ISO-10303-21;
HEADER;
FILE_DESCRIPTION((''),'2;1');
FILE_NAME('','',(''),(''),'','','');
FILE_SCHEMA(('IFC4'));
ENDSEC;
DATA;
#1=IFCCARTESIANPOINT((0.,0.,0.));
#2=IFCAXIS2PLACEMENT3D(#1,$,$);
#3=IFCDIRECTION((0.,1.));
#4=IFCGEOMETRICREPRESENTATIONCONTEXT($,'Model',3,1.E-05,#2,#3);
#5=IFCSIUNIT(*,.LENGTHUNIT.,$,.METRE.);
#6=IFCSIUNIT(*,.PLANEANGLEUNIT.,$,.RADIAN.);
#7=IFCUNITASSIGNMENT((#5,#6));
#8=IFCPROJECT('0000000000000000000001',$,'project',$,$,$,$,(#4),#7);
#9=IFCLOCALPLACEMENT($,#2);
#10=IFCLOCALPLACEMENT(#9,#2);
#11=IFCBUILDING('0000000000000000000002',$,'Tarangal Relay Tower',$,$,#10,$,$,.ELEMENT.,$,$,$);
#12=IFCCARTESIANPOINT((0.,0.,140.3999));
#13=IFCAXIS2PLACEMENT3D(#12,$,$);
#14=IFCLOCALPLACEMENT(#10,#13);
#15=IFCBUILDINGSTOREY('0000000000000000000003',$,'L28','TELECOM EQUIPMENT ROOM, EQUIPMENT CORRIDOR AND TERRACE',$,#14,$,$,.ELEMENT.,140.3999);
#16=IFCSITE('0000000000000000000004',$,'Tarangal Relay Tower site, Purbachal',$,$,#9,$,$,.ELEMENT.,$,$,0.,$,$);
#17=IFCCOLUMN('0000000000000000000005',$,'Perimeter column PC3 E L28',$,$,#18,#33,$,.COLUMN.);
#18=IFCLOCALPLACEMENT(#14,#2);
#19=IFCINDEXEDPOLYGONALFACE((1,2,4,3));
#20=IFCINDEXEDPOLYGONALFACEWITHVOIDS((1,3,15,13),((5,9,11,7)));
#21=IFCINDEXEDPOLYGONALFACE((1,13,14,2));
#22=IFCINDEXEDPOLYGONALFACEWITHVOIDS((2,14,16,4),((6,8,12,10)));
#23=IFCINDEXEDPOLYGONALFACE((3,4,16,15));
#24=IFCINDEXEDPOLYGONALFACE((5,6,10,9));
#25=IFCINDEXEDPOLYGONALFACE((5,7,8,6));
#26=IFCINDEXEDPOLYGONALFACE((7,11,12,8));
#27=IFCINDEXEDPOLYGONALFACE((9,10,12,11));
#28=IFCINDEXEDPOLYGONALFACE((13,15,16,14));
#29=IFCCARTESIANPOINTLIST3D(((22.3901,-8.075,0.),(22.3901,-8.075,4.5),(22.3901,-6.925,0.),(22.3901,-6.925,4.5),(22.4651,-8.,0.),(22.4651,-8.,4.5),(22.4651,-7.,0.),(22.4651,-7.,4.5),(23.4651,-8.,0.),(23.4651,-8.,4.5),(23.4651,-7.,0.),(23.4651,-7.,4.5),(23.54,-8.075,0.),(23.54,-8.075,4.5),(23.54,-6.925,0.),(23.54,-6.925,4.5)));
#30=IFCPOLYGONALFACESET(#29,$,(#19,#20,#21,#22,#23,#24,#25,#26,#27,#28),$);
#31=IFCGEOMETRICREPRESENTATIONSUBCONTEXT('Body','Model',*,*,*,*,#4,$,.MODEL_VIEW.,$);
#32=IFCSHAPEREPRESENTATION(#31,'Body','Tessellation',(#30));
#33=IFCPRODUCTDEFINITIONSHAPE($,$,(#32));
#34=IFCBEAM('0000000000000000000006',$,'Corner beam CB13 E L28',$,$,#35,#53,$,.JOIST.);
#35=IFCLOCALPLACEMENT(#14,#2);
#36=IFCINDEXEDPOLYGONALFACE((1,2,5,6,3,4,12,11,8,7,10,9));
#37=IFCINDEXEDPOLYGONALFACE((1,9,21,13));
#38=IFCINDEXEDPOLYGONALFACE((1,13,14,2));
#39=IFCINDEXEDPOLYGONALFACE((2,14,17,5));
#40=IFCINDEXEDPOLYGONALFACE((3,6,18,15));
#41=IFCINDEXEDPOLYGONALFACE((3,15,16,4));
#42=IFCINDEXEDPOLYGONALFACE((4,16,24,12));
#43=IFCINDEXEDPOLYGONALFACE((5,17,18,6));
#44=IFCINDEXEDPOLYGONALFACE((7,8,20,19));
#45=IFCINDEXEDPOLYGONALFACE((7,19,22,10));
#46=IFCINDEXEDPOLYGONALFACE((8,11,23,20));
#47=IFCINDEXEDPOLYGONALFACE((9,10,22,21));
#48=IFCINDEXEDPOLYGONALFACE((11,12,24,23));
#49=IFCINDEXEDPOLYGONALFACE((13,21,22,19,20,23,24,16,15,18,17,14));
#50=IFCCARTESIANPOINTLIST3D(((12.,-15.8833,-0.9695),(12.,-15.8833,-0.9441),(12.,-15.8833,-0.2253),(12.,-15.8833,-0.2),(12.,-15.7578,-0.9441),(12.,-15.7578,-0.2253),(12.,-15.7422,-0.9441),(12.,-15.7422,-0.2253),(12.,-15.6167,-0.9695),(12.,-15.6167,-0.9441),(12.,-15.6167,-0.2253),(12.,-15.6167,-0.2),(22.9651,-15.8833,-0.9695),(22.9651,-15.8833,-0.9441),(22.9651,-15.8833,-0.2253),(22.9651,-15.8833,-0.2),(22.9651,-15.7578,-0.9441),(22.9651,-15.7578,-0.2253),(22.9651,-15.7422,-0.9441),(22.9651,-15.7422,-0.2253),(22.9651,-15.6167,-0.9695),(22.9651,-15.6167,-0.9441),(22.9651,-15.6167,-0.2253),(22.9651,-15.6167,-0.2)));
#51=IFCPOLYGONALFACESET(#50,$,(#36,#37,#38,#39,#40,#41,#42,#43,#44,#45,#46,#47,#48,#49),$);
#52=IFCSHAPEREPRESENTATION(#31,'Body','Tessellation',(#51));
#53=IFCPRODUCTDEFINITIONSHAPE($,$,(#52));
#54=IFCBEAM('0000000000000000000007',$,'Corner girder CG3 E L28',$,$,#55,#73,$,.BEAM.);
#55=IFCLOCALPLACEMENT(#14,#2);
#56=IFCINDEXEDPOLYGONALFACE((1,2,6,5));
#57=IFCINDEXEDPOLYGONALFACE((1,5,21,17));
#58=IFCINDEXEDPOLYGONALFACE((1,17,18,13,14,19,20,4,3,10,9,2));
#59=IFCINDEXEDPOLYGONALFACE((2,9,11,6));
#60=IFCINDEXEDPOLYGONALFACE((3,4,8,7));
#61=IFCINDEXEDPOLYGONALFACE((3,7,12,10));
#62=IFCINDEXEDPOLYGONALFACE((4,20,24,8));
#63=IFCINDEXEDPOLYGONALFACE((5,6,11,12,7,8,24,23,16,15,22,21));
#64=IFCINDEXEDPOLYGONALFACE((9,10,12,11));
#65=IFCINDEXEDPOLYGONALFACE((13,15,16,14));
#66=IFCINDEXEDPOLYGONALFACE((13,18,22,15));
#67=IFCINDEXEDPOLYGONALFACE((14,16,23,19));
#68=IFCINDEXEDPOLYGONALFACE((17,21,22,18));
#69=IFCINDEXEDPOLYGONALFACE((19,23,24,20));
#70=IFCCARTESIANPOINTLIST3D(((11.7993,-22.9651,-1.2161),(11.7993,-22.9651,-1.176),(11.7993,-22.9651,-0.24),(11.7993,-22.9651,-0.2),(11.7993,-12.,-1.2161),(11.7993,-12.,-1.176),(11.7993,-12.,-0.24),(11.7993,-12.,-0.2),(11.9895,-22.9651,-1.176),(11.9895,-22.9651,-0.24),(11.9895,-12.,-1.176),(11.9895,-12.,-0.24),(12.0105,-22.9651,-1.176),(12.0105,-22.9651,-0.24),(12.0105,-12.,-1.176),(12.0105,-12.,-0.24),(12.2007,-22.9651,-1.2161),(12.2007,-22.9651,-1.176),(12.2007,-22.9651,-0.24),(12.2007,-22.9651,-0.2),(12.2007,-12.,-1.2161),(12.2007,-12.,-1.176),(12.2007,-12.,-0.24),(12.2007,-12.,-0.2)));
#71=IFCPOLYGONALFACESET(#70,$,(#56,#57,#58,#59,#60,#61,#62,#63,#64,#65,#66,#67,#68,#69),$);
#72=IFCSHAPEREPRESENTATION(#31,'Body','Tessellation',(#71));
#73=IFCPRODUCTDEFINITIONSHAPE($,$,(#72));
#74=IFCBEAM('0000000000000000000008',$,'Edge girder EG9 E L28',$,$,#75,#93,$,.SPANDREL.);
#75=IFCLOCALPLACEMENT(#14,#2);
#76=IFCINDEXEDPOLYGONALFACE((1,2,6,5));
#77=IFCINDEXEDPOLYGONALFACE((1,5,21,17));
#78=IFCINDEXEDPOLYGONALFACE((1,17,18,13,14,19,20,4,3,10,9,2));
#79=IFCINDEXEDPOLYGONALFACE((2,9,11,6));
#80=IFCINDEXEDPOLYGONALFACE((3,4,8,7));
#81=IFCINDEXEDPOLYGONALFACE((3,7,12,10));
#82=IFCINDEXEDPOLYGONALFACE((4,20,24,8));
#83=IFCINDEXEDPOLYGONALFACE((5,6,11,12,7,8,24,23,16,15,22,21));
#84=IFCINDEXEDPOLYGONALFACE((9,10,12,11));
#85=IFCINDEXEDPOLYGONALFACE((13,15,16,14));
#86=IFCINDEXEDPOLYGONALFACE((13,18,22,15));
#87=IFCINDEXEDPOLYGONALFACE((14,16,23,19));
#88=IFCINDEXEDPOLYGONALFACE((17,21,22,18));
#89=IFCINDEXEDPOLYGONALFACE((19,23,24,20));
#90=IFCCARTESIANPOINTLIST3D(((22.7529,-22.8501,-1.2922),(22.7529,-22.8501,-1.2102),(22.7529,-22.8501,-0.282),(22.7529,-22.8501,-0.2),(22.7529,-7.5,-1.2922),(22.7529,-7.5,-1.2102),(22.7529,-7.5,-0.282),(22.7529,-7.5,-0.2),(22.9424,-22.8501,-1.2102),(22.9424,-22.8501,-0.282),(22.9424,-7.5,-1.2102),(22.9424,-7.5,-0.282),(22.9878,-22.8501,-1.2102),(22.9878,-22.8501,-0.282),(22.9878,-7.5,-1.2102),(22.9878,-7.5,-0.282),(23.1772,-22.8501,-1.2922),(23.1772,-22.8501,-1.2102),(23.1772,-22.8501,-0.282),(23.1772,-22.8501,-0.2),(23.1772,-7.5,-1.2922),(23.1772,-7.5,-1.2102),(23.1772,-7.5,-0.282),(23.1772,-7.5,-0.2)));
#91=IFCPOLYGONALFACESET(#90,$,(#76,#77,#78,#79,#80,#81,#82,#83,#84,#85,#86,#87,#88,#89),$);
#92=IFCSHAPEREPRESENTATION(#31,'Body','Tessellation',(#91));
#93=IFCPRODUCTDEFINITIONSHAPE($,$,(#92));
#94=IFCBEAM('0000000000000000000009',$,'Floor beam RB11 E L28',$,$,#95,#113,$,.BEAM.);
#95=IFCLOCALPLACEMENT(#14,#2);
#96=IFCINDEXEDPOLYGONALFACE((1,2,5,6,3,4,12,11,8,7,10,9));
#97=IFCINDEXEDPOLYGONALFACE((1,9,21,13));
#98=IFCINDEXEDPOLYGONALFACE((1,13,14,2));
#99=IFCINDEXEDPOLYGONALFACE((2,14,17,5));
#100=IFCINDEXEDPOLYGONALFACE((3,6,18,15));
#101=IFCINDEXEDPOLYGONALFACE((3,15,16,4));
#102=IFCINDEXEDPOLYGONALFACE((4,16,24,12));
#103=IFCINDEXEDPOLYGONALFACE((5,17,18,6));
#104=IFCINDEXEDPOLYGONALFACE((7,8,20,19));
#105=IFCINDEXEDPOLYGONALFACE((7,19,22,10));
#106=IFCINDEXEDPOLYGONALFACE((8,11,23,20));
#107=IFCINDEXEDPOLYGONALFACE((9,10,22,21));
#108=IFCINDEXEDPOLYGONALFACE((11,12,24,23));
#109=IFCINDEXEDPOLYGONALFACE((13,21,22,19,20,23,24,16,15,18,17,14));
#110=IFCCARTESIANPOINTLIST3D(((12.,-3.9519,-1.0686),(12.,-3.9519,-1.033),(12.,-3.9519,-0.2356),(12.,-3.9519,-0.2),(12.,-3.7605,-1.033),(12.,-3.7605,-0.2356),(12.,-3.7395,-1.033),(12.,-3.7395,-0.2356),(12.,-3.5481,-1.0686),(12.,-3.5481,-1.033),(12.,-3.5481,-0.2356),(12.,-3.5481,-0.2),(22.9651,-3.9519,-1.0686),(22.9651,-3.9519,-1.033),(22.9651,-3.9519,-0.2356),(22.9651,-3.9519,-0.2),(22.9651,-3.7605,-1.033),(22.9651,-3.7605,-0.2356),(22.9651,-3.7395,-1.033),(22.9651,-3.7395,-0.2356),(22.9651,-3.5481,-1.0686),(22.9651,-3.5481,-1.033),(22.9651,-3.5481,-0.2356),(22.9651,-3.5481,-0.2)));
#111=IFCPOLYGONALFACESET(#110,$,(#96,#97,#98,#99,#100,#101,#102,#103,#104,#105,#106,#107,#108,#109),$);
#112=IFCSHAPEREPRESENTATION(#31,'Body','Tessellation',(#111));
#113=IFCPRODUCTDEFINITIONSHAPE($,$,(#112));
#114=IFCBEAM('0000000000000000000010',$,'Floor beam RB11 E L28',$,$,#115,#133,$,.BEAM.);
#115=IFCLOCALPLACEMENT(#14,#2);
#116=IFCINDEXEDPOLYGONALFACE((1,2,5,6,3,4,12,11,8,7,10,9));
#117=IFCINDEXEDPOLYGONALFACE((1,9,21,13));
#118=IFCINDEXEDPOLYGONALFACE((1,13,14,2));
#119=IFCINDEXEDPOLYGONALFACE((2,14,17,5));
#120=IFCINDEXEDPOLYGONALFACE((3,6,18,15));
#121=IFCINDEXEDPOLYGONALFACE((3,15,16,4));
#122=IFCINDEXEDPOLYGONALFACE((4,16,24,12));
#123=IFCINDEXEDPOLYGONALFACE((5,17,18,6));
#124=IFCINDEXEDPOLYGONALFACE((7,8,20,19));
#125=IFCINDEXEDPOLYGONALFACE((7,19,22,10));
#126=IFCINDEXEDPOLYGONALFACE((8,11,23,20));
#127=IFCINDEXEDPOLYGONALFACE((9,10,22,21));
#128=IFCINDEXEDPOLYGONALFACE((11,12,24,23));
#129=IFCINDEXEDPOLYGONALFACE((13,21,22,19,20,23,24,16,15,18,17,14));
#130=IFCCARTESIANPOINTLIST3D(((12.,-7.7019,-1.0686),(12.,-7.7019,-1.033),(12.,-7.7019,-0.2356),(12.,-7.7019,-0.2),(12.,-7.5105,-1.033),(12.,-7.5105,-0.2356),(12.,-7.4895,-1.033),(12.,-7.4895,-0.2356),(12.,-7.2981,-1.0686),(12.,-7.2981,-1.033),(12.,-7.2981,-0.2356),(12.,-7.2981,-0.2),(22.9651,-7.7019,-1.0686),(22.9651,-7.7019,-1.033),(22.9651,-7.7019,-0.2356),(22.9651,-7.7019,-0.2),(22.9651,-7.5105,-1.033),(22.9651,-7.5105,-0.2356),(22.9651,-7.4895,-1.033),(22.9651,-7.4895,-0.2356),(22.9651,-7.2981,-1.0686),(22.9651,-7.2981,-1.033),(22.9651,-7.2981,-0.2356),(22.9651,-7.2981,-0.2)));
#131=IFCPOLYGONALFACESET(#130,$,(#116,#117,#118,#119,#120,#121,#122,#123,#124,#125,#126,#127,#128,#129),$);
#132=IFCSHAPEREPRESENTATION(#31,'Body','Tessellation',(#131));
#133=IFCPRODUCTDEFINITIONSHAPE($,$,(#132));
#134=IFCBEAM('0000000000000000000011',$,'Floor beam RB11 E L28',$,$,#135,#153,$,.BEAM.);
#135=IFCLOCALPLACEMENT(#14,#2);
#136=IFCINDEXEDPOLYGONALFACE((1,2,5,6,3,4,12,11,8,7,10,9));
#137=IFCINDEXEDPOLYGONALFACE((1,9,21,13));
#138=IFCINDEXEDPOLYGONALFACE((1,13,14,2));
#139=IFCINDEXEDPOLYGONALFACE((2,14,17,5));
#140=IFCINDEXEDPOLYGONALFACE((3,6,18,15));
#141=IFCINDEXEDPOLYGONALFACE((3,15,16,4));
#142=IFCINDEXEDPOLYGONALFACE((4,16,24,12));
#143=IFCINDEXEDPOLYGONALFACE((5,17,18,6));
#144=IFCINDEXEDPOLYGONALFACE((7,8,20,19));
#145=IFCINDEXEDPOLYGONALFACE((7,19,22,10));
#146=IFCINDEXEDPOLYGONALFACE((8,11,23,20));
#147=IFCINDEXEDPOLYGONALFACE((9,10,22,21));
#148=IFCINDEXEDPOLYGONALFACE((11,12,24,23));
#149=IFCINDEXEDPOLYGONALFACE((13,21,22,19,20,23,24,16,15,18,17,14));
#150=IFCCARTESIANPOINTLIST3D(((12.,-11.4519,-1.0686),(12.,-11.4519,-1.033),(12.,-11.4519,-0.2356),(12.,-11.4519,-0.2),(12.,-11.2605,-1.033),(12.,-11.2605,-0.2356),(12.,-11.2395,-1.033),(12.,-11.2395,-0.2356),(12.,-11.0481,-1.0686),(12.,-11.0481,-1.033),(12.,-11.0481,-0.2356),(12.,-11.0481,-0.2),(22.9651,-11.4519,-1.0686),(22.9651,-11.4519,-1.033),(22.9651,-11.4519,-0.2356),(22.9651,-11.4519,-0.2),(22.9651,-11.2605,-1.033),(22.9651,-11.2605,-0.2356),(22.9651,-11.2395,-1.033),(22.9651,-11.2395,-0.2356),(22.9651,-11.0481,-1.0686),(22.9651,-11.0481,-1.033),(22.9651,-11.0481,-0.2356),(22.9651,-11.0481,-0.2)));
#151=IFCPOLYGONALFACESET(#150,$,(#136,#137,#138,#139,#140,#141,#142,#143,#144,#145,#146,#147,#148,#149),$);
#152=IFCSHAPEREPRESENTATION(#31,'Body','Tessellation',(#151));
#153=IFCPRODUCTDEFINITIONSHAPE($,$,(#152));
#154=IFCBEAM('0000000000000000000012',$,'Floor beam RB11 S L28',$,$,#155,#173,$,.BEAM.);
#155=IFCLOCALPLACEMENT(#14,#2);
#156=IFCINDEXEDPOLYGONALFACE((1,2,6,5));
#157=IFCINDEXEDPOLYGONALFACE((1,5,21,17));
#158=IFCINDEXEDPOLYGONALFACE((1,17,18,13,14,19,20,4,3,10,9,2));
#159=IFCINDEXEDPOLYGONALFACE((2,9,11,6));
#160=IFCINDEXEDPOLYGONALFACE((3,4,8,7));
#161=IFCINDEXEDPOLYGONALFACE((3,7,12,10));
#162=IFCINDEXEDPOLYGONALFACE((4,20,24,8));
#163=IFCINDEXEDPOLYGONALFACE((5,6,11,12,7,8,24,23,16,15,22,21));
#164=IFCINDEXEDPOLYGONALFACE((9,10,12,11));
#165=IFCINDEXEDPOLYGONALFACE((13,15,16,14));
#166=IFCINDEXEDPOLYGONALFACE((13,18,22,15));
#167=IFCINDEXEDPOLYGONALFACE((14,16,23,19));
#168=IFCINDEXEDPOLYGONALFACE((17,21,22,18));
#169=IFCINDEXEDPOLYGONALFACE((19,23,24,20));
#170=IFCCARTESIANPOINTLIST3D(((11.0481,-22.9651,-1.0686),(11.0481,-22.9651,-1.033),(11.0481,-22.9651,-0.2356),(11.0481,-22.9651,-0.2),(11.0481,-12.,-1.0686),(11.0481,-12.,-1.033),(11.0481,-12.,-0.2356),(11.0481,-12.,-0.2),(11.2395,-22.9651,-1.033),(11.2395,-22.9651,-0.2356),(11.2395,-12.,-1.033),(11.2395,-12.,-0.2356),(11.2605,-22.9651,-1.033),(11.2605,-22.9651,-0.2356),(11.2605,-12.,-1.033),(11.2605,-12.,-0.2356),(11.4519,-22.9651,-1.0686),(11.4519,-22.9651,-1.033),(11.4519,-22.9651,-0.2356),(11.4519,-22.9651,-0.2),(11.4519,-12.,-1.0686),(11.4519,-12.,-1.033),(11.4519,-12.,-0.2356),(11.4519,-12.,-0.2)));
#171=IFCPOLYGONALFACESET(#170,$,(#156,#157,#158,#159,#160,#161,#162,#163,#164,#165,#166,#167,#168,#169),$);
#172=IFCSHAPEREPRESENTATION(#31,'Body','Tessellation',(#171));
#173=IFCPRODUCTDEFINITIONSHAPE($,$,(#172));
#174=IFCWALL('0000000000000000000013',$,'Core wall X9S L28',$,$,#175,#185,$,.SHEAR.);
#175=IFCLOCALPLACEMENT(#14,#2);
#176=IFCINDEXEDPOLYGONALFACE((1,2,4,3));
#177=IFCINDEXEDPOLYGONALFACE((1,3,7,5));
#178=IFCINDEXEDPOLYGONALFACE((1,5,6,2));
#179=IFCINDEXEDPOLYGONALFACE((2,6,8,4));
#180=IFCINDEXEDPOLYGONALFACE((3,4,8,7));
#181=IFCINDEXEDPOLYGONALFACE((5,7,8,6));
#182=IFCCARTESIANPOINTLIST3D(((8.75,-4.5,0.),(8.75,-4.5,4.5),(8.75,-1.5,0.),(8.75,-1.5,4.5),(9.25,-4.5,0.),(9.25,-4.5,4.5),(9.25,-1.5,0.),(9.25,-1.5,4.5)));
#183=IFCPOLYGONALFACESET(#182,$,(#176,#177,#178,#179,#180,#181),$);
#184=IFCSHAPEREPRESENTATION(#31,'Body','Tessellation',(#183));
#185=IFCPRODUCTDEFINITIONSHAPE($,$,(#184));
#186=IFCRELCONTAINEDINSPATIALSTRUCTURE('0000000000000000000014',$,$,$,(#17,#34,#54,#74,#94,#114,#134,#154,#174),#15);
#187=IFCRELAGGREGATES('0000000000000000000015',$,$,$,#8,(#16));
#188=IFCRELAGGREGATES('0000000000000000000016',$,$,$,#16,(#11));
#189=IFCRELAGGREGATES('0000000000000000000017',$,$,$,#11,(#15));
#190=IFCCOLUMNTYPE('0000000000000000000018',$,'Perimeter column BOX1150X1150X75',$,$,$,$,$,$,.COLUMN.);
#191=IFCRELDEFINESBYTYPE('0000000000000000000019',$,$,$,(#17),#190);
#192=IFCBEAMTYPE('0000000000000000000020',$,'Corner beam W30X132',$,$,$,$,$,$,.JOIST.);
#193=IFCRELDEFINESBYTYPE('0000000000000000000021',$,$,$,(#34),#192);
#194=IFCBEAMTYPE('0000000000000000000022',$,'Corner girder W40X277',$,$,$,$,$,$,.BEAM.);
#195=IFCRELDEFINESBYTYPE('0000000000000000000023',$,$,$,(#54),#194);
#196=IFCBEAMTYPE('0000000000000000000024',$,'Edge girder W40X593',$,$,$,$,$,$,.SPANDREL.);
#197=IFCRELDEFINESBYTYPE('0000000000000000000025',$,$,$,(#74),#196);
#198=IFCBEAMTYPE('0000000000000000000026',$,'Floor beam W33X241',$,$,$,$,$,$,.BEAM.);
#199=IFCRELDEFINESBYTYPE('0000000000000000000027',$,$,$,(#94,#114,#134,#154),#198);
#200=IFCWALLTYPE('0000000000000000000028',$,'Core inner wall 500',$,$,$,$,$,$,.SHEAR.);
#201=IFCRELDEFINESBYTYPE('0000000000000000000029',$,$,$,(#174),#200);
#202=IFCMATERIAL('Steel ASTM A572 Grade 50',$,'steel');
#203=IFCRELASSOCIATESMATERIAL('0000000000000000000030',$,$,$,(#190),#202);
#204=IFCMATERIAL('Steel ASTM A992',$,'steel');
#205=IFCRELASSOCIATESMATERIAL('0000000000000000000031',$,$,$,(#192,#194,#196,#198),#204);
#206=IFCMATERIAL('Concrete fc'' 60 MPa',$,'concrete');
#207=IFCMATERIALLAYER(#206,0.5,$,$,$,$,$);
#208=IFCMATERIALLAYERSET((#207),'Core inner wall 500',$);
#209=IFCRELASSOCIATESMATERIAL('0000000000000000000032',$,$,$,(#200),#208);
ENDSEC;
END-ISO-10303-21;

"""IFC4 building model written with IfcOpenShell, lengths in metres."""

from ifc_helpers import new_model, si_unit, direction, frame, frame_2d, origin, origin_2d, place, context, subcontext, project, spatial, rectangle, hollow_rectangle, i_section, extrude, material, layer, layer_set, material_profile, profile_set, type_object, element, save


model = new_model("IFC4")

# Units and contexts
model_context = context("Model", 3, precision=1e-05, world=origin(), true_north=direction((0.0, 1.0)))
body_context = subcontext(model_context, "Body", "Model", "MODEL_VIEW")
ifc_project = project(units=[si_unit("LENGTHUNIT", "METRE"), si_unit("PLANEANGLEUNIT", "RADIAN")], contexts=[model_context])

# Site, building, storey
site_placement = place(None, origin())
site = spatial("IfcSite", under=ifc_project, at=site_placement, Name="Tarangal Relay Tower site, Purbachal", CompositionType="ELEMENT", RefElevation=0.0)
building_placement = place(site_placement, origin())
building = spatial("IfcBuilding", under=site, at=building_placement, Name="Tarangal Relay Tower", CompositionType="ELEMENT")
storey_placement = place(building_placement, frame((0.0, 0.0, 140.3999)))
storey = spatial("IfcBuildingStorey", under=building, at=storey_placement, Name="L28", Description="TELECOM EQUIPMENT ROOM, EQUIPMENT CORRIDOR AND TERRACE", CompositionType="ELEMENT", Elevation=140.3999)

# Column
ifc_material_1 = material(Name="Steel ASTM A572 Grade 50", Category="steel")
ifc_material_profile_1 = material_profile(ifc_material_1, hollow_rectangle(XDim=1.1499, YDim=1.1499, WallThickness=0.075, at=origin_2d()), Name="BOX1150X1150X75")
ifc_profile_set_1 = profile_set([ifc_material_profile_1], Name="Steel ASTM A572 Grade 50")
column_type = type_object("IfcColumnType", Name="Perimeter column BOX1150X1150X75", PredefinedType="COLUMN", material=ifc_profile_set_1)
column_placement = place(storey_placement, frame((22.9651, -7.5, 0.0), z_axis=(0.0, 0.0, 1.0), x_axis=(1.0, 0.0, 0.0)))
element("IfcColumn", 1, at=column_placement, inside=storey, type_object=column_type, Name="Perimeter column PC3 E L28", PredefinedType="COLUMN", context=body_context, shape_type="SweptSolid", body=[
    extrude(hollow_rectangle(XDim=1.1499, YDim=1.1499, WallThickness=0.075, at=origin_2d()), origin(), (0.0, 0.0, 1.0), 4.5),
])

# Beams
ifc_material_2 = material(Name="Steel ASTM A992", Category="steel")
ifc_material_profile_2 = material_profile(ifc_material_2, i_section(OverallWidth=0.2666, OverallDepth=0.7695, WebThickness=0.0156, FlangeThickness=0.0254, at=origin_2d()), Name="W30X132")
ifc_profile_set_2 = profile_set([ifc_material_profile_2], Name="Steel ASTM A992")
beam_type_1 = type_object("IfcBeamType", Name="Corner beam W30X132", PredefinedType="JOIST", material=ifc_profile_set_2)
beam_1_placement = place(storey_placement, frame((12.0, -15.75, -0.5847), z_axis=(1.0, 0.0, 0.0), x_axis=(0.0, 1.0, 0.0)))
element("IfcBeam", 2, at=beam_1_placement, inside=storey, type_object=beam_type_1, Name="Corner beam CB13 E L28", PredefinedType="JOIST", context=body_context, shape_type="SweptSolid", body=[
    extrude(i_section(OverallWidth=0.2666, OverallDepth=0.7695, WebThickness=0.0156, FlangeThickness=0.0254, at=origin_2d()), origin(), (0.0, 0.0, 1.0), 10.9651),
])
ifc_material_profile_3 = material_profile(ifc_material_2, i_section(OverallWidth=0.4014, OverallDepth=1.0161, WebThickness=0.021, FlangeThickness=0.04, at=origin_2d()), Name="W40X277")
ifc_profile_set_3 = profile_set([ifc_material_profile_3], Name="Steel ASTM A992")
beam_type_2 = type_object("IfcBeamType", Name="Corner girder W40X277", PredefinedType="BEAM", material=ifc_profile_set_3)
beam_2_placement = place(storey_placement, frame((12.0, -12.0, -0.708), z_axis=(0.0, -1.0, 0.0), x_axis=(1.0, 0.0, 0.0)))
element("IfcBeam", 3, at=beam_2_placement, inside=storey, type_object=beam_type_2, Name="Corner girder CG3 E L28", PredefinedType="BEAM", context=body_context, shape_type="SweptSolid", body=[
    extrude(i_section(OverallWidth=0.4014, OverallDepth=1.0161, WebThickness=0.021, FlangeThickness=0.04, at=origin_2d()), origin(), (0.0, 0.0, 1.0), 10.9651),
])
ifc_material_profile_4 = material_profile(ifc_material_2, i_section(OverallWidth=0.4243, OverallDepth=1.0923, WebThickness=0.0454, FlangeThickness=0.082, at=origin_2d()), Name="W40X593")
ifc_profile_set_4 = profile_set([ifc_material_profile_4], Name="Steel ASTM A992")
beam_type_3 = type_object("IfcBeamType", Name="Edge girder W40X593", PredefinedType="SPANDREL", material=ifc_profile_set_4)
beam_3_placement = place(storey_placement, frame((22.9651, -7.5, -0.7461), z_axis=(0.0, -1.0, 0.0), x_axis=(1.0, 0.0, 0.0)))
element("IfcBeam", 4, at=beam_3_placement, inside=storey, type_object=beam_type_3, Name="Edge girder EG9 E L28", PredefinedType="SPANDREL", context=body_context, shape_type="SweptSolid", body=[
    extrude(i_section(OverallWidth=0.4243, OverallDepth=1.0923, WebThickness=0.0454, FlangeThickness=0.082, at=origin_2d()), origin(), (0.0, 0.0, 1.0), 15.3501),
])
ifc_material_profile_5 = material_profile(ifc_material_2, i_section(OverallWidth=0.4038, OverallDepth=0.8687, WebThickness=0.021, FlangeThickness=0.0356, at=origin_2d()), Name="W33X241")
ifc_profile_set_5 = profile_set([ifc_material_profile_5], Name="Steel ASTM A992")
beam_type_4 = type_object("IfcBeamType", Name="Floor beam W33X241", PredefinedType="BEAM", material=ifc_profile_set_5)
for number, where, z_axis, x_axis, name in (
    (5, (12.0, -3.75, -0.6343), (1.0, 0.0, 0.0), (0.0, 1.0, 0.0), "Floor beam RB11 E L28"),
    (6, (12.0, -7.5, -0.6343), (1.0, 0.0, 0.0), (0.0, 1.0, 0.0), "Floor beam RB11 E L28"),
    (7, (12.0, -11.25, -0.6343), (1.0, 0.0, 0.0), (0.0, 1.0, 0.0), "Floor beam RB11 E L28"),
    (8, (11.25, -12.0, -0.6343), (0.0, -1.0, 0.0), (1.0, 0.0, 0.0), "Floor beam RB11 S L28"),
):
    element("IfcBeam", number, at=place(storey_placement, frame(where, z_axis=z_axis, x_axis=x_axis)), inside=storey, type_object=beam_type_4, Name=name, PredefinedType="BEAM", context=body_context, shape_type="SweptSolid", body=[
        extrude(i_section(OverallWidth=0.4038, OverallDepth=0.8687, WebThickness=0.021, FlangeThickness=0.0356, at=origin_2d()), origin(), (0.0, 0.0, 1.0), 10.9651),
    ])

# Wall
ifc_material_3 = material(Name="Concrete fc' 60 MPa", Category="concrete")
ifc_layer_1 = layer(ifc_material_3, 0.5)
ifc_layer_set_1 = layer_set([ifc_layer_1], Name="Core inner wall 500")
wall_type_1 = type_object("IfcWallType", Name="Core inner wall 500", PredefinedType="SHEAR", material=ifc_layer_set_1)
wall_1_placement = place(storey_placement, frame((9.0, -4.5, 0.0), z_axis=(0.0, 0.0, 1.0), x_axis=(0.0, 1.0, 0.0)))
element("IfcWall", 9, at=wall_1_placement, inside=storey, type_object=wall_type_1, Name="Core wall X9S L28", PredefinedType="SHEAR", context=body_context, shape_type="SweptSolid", body=[
    extrude(rectangle(XDim=3.0, YDim=0.5, at=frame_2d((1.5, 0.0))), origin(), (0.0, 0.0, 1.0), 4.5),
])

save(model, "model.ifc")
